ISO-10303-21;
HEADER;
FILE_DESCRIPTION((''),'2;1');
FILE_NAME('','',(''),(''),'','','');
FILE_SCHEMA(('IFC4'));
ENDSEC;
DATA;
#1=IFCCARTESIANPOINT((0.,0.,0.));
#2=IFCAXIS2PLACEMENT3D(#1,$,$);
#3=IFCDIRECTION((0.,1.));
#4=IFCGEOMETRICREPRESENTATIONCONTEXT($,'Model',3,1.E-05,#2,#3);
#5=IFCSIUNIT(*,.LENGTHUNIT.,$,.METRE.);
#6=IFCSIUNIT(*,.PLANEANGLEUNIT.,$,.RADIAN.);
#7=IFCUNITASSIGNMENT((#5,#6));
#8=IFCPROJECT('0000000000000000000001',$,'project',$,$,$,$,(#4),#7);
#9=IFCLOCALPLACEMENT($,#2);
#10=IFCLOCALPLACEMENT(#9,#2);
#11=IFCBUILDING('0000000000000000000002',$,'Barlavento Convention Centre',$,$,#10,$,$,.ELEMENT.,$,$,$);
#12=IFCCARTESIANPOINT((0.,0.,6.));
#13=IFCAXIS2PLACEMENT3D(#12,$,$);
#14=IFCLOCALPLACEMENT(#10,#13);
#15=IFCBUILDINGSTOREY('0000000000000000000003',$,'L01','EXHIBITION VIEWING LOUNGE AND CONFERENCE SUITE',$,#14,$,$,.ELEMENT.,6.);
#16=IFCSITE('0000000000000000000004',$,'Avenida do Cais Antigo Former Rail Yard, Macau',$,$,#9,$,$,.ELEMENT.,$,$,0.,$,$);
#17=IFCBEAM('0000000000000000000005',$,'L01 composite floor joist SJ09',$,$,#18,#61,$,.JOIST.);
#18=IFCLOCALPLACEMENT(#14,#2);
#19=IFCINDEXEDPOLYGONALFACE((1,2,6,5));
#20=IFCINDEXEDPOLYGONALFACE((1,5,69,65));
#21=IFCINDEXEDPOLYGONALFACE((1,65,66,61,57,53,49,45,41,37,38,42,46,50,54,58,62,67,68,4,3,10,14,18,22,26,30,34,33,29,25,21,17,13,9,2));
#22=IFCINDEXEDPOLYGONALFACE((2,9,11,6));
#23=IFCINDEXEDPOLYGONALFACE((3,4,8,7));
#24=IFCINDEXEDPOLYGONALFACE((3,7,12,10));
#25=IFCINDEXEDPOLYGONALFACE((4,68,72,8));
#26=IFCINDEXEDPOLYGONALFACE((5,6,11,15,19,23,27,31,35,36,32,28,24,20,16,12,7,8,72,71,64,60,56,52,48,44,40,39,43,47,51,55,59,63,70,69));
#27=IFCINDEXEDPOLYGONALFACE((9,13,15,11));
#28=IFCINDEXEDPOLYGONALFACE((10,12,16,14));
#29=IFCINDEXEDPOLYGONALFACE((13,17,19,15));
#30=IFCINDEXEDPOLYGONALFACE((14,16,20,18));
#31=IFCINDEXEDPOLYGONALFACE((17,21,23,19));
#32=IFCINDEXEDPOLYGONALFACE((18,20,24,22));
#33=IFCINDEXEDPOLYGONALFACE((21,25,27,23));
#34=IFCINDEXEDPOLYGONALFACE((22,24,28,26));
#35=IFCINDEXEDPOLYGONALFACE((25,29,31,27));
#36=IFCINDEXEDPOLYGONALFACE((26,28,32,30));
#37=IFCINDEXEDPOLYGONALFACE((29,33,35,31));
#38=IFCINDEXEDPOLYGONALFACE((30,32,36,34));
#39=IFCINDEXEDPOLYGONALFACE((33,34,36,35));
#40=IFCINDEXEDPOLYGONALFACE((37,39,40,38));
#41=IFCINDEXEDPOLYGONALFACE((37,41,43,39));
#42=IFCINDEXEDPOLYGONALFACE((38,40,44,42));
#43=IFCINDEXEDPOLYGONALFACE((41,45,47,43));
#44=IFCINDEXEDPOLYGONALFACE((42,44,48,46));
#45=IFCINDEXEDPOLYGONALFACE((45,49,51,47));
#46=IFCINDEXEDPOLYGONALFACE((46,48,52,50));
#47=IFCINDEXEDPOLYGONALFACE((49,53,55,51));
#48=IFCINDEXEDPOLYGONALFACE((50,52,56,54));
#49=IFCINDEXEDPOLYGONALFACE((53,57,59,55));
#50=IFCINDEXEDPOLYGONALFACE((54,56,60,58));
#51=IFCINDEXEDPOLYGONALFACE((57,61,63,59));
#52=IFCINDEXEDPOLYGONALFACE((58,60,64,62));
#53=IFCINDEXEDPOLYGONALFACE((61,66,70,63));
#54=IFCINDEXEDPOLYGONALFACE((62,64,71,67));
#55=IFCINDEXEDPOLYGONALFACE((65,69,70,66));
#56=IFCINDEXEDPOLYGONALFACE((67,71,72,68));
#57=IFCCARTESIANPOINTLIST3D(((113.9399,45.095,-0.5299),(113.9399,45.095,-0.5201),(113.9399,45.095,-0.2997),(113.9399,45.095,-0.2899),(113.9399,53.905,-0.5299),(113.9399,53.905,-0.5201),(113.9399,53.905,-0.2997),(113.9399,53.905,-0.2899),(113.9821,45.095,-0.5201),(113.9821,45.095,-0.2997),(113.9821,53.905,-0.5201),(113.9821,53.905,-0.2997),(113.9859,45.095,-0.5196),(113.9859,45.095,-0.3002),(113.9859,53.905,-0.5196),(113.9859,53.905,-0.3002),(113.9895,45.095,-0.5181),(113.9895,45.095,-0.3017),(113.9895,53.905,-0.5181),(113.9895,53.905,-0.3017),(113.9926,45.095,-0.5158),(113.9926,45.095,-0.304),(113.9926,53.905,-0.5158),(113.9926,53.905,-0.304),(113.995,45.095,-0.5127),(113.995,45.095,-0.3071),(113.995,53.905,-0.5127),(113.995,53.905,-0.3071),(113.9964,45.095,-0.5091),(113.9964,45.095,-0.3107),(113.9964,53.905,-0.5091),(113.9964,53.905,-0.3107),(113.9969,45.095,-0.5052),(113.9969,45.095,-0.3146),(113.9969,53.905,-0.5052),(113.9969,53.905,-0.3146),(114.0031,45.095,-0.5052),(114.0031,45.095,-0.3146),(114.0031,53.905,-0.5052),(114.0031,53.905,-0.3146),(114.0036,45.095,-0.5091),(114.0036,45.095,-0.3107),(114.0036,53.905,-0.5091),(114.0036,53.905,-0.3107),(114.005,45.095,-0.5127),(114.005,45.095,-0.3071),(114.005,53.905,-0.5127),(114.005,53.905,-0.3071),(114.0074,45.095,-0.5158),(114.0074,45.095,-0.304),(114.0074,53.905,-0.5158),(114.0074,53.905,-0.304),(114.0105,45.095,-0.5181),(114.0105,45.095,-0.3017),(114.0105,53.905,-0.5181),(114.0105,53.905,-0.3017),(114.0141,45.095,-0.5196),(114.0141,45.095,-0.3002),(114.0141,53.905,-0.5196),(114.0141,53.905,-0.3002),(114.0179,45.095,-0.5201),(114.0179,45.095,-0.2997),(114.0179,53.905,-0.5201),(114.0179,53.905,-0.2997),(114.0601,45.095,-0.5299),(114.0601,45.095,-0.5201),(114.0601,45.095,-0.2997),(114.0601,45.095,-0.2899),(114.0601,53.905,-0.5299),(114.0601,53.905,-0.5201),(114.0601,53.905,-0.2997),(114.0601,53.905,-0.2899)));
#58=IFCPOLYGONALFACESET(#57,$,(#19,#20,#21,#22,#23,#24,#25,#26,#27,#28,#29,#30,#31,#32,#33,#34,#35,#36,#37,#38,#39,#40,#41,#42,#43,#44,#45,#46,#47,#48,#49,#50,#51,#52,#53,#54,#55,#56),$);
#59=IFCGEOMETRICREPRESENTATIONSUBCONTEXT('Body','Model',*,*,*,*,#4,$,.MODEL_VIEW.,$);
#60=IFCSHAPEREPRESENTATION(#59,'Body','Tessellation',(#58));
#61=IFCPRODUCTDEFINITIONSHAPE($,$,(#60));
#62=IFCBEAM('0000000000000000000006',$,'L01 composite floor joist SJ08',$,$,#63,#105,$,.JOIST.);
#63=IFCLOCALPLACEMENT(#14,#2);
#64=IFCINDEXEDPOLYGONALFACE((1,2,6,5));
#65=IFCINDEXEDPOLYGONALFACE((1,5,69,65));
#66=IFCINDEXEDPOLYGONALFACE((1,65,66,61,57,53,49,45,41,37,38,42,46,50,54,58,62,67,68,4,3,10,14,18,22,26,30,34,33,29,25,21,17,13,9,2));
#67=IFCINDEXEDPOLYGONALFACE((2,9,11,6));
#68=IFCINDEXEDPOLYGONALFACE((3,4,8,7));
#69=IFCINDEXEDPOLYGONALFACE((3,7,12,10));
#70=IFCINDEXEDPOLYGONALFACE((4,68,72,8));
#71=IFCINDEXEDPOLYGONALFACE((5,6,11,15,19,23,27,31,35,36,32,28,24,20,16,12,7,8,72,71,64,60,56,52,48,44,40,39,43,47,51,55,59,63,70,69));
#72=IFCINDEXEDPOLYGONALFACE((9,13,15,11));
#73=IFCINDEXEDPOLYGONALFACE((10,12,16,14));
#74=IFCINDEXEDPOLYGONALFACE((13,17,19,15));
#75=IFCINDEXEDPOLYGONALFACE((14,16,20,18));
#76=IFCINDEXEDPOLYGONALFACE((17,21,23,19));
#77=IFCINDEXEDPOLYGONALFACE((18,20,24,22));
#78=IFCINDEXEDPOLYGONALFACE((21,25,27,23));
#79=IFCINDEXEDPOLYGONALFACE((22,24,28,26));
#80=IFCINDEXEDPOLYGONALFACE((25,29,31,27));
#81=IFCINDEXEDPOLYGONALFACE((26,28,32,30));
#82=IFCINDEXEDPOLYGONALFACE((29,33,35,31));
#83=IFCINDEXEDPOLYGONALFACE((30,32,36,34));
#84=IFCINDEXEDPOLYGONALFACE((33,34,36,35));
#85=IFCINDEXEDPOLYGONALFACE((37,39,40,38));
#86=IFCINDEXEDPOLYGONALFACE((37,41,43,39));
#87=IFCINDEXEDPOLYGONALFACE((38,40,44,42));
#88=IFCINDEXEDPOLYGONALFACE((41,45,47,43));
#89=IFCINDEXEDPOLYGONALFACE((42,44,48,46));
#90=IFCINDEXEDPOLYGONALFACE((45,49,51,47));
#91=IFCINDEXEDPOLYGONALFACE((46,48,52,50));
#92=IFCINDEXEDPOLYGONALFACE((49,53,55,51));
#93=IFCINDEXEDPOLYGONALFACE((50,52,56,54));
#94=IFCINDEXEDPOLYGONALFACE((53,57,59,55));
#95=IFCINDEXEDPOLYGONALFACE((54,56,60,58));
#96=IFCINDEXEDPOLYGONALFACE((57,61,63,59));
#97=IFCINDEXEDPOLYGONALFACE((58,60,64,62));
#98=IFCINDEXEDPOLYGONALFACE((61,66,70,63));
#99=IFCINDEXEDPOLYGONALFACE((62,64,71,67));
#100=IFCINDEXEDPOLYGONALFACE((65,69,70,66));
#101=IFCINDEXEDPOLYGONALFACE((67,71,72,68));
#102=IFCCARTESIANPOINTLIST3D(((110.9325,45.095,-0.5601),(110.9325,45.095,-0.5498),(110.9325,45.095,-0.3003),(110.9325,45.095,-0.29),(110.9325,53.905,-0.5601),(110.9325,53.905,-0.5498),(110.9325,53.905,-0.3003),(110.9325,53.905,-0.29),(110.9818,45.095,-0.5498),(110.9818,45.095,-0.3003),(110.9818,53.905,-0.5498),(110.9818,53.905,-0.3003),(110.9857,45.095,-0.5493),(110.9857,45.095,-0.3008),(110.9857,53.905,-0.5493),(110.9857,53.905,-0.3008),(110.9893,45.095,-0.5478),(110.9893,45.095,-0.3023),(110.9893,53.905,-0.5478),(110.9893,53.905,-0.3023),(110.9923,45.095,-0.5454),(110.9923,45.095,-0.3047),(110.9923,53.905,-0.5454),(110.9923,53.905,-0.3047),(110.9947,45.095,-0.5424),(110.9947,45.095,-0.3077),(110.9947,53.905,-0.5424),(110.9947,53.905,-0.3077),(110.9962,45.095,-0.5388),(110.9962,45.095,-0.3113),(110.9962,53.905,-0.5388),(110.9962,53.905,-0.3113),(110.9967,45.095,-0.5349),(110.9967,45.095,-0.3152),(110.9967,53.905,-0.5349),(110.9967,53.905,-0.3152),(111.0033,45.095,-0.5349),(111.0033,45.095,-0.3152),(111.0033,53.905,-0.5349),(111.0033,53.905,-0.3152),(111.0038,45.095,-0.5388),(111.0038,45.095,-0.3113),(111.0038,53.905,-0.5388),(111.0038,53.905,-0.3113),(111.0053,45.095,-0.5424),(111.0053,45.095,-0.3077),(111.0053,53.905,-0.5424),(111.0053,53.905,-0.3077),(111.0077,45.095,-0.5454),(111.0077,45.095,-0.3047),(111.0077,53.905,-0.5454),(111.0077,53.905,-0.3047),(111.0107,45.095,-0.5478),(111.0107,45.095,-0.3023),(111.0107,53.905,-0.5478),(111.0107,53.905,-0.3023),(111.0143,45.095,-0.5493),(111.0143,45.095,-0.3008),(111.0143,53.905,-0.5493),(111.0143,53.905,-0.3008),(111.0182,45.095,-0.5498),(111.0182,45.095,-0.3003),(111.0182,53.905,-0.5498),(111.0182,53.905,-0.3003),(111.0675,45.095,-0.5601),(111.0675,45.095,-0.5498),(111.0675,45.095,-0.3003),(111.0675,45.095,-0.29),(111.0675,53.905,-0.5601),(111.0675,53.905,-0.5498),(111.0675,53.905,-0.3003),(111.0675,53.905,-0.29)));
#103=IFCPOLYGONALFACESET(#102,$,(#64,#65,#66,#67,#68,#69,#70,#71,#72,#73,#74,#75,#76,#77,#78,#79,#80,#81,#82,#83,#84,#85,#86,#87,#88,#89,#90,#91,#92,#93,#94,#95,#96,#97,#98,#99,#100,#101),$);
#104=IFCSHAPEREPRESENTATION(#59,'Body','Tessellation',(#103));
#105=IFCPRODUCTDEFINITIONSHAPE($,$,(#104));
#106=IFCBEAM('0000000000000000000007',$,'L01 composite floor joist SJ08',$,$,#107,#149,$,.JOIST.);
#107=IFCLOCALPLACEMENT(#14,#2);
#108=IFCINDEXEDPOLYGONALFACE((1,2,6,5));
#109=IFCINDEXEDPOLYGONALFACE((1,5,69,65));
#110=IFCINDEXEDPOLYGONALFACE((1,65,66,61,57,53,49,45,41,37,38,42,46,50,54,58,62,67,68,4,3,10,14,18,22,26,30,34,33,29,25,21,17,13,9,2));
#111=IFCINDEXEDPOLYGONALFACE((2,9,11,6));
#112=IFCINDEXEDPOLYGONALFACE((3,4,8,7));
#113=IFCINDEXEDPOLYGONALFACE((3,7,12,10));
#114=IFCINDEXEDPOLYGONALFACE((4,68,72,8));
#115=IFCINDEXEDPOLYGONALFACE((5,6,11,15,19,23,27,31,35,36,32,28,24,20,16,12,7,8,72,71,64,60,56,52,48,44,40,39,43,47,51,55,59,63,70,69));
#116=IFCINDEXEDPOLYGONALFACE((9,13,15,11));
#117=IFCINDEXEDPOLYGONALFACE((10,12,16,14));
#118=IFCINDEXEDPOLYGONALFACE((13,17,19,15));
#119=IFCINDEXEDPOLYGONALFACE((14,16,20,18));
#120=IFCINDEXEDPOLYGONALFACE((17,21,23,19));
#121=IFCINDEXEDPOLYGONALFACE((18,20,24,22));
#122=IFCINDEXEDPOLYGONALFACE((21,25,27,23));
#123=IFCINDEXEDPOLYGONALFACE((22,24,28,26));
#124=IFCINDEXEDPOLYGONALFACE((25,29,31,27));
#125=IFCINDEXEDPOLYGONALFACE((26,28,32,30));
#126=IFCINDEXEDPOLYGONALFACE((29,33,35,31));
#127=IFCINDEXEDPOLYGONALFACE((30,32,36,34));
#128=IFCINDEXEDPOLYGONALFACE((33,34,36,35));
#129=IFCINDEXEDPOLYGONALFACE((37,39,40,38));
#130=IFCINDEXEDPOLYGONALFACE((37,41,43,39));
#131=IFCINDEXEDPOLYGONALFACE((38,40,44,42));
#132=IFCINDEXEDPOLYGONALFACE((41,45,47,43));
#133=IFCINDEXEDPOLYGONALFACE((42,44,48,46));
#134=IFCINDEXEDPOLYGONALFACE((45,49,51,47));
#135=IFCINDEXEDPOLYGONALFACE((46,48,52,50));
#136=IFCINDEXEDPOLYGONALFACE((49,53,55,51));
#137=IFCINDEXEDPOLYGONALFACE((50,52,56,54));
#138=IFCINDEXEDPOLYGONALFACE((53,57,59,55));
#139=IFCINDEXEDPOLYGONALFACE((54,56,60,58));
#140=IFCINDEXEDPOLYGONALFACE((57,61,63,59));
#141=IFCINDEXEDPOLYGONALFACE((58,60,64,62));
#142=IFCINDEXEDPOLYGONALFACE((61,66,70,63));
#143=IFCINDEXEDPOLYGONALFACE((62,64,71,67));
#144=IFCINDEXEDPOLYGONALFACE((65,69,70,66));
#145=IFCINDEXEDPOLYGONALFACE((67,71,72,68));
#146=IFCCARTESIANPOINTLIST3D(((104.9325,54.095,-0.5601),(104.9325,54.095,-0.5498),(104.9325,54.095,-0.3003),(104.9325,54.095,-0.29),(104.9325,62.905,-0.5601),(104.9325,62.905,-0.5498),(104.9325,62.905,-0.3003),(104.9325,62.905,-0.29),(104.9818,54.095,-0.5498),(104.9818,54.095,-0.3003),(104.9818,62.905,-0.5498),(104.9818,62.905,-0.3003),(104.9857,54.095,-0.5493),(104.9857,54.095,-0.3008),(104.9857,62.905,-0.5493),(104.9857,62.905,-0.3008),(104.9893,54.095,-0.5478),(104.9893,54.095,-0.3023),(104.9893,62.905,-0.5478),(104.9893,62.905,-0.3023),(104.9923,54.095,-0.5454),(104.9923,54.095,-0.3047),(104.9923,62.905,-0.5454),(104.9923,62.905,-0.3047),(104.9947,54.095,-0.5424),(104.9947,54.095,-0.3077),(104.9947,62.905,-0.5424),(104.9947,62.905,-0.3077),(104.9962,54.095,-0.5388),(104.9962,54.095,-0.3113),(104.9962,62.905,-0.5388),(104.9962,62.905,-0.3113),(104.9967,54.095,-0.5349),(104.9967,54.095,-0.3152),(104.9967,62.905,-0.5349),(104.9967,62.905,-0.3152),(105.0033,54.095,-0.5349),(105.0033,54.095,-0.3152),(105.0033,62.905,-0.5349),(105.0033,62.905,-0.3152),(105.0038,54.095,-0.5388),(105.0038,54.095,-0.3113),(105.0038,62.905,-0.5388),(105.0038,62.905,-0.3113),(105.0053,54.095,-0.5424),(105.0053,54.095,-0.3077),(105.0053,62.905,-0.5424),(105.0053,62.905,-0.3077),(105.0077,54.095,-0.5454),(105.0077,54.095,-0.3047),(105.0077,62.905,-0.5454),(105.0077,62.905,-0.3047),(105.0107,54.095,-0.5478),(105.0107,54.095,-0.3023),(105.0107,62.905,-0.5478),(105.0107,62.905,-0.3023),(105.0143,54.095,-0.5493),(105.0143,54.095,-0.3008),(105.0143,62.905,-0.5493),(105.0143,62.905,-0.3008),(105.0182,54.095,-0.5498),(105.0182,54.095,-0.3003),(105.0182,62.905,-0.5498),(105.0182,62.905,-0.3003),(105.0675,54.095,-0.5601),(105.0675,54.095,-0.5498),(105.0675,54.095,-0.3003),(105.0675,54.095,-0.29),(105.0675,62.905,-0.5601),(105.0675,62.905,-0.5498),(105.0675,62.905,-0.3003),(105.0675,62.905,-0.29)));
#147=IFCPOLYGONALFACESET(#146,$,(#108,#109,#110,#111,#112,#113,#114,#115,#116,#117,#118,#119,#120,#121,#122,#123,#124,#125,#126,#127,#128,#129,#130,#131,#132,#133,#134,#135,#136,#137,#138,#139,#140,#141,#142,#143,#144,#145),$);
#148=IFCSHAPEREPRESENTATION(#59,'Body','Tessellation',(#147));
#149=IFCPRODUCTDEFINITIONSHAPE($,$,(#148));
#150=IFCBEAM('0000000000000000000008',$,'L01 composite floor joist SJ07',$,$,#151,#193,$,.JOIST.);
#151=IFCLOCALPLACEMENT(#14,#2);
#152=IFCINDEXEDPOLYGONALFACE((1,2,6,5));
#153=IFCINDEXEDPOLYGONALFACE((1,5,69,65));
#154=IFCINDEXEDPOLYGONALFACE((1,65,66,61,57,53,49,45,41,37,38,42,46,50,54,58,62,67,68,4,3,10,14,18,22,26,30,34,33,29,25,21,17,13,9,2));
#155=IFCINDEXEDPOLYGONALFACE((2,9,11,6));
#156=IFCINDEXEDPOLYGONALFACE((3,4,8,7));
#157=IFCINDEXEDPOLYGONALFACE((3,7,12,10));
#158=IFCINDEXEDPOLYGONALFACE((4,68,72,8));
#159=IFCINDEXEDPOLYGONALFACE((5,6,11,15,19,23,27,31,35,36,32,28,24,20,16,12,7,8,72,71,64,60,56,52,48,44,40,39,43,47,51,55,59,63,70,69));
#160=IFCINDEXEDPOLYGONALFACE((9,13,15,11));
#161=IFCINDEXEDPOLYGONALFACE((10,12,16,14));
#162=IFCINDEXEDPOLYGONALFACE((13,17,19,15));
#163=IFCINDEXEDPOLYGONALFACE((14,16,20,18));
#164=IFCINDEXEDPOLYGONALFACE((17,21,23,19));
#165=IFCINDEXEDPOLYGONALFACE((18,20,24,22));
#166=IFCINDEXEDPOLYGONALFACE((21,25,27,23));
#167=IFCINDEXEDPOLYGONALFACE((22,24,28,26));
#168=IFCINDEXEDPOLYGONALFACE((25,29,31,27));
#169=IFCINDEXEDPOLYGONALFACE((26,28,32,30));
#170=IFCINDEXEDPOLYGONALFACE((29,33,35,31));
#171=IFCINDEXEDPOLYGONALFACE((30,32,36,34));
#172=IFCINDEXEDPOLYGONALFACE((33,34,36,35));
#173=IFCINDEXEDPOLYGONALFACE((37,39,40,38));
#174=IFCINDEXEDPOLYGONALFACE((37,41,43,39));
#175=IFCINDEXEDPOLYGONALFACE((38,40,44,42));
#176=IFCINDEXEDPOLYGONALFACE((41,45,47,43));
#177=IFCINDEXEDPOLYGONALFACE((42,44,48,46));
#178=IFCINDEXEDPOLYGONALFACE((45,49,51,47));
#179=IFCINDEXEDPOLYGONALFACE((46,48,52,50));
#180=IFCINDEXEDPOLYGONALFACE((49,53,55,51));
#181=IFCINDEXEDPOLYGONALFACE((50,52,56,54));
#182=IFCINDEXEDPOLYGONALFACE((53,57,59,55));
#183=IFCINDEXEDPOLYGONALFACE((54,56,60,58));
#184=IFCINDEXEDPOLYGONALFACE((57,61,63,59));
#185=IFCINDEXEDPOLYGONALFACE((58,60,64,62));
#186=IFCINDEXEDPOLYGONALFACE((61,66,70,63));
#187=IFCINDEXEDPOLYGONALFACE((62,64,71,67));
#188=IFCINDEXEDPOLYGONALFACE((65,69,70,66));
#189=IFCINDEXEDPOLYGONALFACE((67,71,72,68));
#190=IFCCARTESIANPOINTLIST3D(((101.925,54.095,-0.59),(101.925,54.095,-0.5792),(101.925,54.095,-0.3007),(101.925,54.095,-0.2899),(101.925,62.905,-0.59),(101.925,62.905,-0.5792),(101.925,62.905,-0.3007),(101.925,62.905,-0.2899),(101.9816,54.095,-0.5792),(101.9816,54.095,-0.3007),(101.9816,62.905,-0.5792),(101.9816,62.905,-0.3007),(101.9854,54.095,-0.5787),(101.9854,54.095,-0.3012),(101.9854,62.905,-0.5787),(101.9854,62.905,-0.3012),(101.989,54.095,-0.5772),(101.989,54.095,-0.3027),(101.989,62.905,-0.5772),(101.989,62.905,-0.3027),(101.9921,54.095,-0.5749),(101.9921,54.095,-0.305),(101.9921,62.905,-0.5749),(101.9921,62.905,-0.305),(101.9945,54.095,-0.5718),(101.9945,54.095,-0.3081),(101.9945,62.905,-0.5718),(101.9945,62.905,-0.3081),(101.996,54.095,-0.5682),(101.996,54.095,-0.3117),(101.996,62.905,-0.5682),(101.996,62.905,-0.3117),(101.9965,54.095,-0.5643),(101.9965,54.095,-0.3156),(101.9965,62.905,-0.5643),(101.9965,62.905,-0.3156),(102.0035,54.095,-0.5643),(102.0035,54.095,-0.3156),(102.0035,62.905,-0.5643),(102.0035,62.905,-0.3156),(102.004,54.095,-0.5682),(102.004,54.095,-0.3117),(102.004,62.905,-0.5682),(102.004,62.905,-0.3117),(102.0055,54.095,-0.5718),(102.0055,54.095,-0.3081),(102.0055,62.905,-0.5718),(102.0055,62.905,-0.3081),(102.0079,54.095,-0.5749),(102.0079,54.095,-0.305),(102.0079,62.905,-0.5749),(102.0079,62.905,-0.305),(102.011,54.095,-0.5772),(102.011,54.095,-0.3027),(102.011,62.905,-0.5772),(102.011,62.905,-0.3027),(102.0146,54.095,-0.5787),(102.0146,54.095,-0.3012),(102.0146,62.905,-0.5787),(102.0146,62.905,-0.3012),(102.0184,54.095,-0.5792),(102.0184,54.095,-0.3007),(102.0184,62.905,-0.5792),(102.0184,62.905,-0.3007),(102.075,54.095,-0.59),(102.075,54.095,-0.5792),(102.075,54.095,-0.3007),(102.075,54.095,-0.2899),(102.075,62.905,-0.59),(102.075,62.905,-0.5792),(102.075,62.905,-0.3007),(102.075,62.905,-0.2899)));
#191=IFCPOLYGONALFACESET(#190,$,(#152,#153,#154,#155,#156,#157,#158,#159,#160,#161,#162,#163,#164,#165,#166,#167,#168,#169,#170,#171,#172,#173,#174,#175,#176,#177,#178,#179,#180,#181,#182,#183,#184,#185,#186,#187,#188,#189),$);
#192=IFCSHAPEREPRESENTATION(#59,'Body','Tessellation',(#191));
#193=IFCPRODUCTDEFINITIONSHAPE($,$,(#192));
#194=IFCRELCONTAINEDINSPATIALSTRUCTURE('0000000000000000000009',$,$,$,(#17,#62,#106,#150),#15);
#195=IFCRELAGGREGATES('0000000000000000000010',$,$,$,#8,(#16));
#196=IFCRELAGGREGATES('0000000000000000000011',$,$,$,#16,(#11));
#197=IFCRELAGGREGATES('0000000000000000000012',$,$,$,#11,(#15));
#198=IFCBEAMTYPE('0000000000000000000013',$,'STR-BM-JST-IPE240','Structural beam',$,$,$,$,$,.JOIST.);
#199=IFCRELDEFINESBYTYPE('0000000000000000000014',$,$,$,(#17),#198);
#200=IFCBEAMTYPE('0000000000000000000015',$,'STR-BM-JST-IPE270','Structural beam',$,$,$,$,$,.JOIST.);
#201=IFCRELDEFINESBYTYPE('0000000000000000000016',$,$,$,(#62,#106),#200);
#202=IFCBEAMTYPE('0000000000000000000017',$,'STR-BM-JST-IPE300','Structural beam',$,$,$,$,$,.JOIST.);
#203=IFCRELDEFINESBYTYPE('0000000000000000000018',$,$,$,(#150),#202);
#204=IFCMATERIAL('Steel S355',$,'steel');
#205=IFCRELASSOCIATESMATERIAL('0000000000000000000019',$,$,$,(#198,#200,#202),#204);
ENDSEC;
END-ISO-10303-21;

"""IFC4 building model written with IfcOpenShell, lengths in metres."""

from ifc_helpers import new_model, si_unit, direction, frame, origin, origin_2d, place, context, subcontext, project, spatial, i_section, extrude, material, material_profile, profile_set, type_object, element, save


model = new_model("IFC4")

# Units and contexts
model_context = context("Model", 3, precision=1e-05, world=origin(), true_north=direction((0.0, 1.0)))
body_context = subcontext(model_context, "Body", "Model", "MODEL_VIEW")
ifc_project = project(units=[si_unit("LENGTHUNIT", "METRE"), si_unit("PLANEANGLEUNIT", "RADIAN")], contexts=[model_context])

# Site, building, storey
site_placement = place(None, origin())
site = spatial("IfcSite", under=ifc_project, at=site_placement, Name="Avenida do Cais Antigo Former Rail Yard, Macau", CompositionType="ELEMENT", RefElevation=0.0)
building_placement = place(site_placement, origin())
building = spatial("IfcBuilding", under=site, at=building_placement, Name="Barlavento Convention Centre", CompositionType="ELEMENT")
storey_placement = place(building_placement, frame((0.0, 0.0, 6.0)))
storey = spatial("IfcBuildingStorey", under=building, at=storey_placement, Name="L01", Description="EXHIBITION VIEWING LOUNGE AND CONFERENCE SUITE", CompositionType="ELEMENT", Elevation=6.0)

# Shared definitions
ifc_material_1 = material(Name="Steel S355", Category="steel")

# Beams
ifc_material_profile_1 = material_profile(ifc_material_1, i_section(OverallWidth=0.1201, OverallDepth=0.24, WebThickness=0.0061, FlangeThickness=0.0098, FilletRadius=0.0149, at=origin_2d()), Name="IPE 240")
ifc_profile_set_1 = profile_set([ifc_material_profile_1], Name="Steel S355")
beam_type_1 = type_object("IfcBeamType", Name="STR-BM-JST-IPE240", Description="Structural beam", PredefinedType="JOIST", material=ifc_profile_set_1)
beam_1_placement = place(storey_placement, frame((114.0, 45.095, -0.4099), z_axis=(0.0, 1.0, 0.0), x_axis=(-1.0, 0.0, 0.0)))
element("IfcBeam", 1, at=beam_1_placement, inside=storey, type_object=beam_type_1, Name="L01 composite floor joist SJ09", PredefinedType="JOIST", context=body_context, shape_type="SweptSolid", body=[
    extrude(i_section(OverallWidth=0.1201, OverallDepth=0.24, WebThickness=0.0061, FlangeThickness=0.0098, FilletRadius=0.0149, at=origin_2d()), origin(), (0.0, 0.0, 1.0), 8.8101),
])
ifc_material_profile_2 = material_profile(ifc_material_1, i_section(OverallWidth=0.135, OverallDepth=0.27, WebThickness=0.0066, FlangeThickness=0.0103, FilletRadius=0.0149, at=origin_2d()), Name="IPE 270")
ifc_profile_set_2 = profile_set([ifc_material_profile_2], Name="Steel S355")
beam_type_2 = type_object("IfcBeamType", Name="STR-BM-JST-IPE270", Description="Structural beam", PredefinedType="JOIST", material=ifc_profile_set_2)
for number, where, z_axis, x_axis, name in (
    (2, (111.0, 45.095, -0.425), (0.0, 1.0, 0.0), (-1.0, 0.0, 0.0), "L01 composite floor joist SJ08"),
    (3, (105.0, 54.095, -0.425), (0.0, 1.0, 0.0), (-1.0, 0.0, 0.0), "L01 composite floor joist SJ08"),
):
    element("IfcBeam", number, at=place(storey_placement, frame(where, z_axis=z_axis, x_axis=x_axis)), inside=storey, type_object=beam_type_2, Name=name, PredefinedType="JOIST", context=body_context, shape_type="SweptSolid", body=[
        extrude(i_section(OverallWidth=0.135, OverallDepth=0.27, WebThickness=0.0066, FlangeThickness=0.0103, FilletRadius=0.0149, at=origin_2d()), origin(), (0.0, 0.0, 1.0), 8.8101),
    ])
ifc_material_profile_3 = material_profile(ifc_material_1, i_section(OverallWidth=0.1499, OverallDepth=0.3, WebThickness=0.0071, FlangeThickness=0.0107, FilletRadius=0.0149, at=origin_2d()), Name="IPE 300")
ifc_profile_set_3 = profile_set([ifc_material_profile_3], Name="Steel S355")
beam_type_3 = type_object("IfcBeamType", Name="STR-BM-JST-IPE300", Description="Structural beam", PredefinedType="JOIST", material=ifc_profile_set_3)
beam_2_placement = place(storey_placement, frame((102.0, 54.095, -0.4399), z_axis=(0.0, 1.0, 0.0), x_axis=(-1.0, 0.0, 0.0)))
element("IfcBeam", 4, at=beam_2_placement, inside=storey, type_object=beam_type_3, Name="L01 composite floor joist SJ07", PredefinedType="JOIST", context=body_context, shape_type="SweptSolid", body=[
    extrude(i_section(OverallWidth=0.1499, OverallDepth=0.3, WebThickness=0.0071, FlangeThickness=0.0107, FilletRadius=0.0149, at=origin_2d()), origin(), (0.0, 0.0, 1.0), 8.8101),
])

save(model, "model.ifc")
